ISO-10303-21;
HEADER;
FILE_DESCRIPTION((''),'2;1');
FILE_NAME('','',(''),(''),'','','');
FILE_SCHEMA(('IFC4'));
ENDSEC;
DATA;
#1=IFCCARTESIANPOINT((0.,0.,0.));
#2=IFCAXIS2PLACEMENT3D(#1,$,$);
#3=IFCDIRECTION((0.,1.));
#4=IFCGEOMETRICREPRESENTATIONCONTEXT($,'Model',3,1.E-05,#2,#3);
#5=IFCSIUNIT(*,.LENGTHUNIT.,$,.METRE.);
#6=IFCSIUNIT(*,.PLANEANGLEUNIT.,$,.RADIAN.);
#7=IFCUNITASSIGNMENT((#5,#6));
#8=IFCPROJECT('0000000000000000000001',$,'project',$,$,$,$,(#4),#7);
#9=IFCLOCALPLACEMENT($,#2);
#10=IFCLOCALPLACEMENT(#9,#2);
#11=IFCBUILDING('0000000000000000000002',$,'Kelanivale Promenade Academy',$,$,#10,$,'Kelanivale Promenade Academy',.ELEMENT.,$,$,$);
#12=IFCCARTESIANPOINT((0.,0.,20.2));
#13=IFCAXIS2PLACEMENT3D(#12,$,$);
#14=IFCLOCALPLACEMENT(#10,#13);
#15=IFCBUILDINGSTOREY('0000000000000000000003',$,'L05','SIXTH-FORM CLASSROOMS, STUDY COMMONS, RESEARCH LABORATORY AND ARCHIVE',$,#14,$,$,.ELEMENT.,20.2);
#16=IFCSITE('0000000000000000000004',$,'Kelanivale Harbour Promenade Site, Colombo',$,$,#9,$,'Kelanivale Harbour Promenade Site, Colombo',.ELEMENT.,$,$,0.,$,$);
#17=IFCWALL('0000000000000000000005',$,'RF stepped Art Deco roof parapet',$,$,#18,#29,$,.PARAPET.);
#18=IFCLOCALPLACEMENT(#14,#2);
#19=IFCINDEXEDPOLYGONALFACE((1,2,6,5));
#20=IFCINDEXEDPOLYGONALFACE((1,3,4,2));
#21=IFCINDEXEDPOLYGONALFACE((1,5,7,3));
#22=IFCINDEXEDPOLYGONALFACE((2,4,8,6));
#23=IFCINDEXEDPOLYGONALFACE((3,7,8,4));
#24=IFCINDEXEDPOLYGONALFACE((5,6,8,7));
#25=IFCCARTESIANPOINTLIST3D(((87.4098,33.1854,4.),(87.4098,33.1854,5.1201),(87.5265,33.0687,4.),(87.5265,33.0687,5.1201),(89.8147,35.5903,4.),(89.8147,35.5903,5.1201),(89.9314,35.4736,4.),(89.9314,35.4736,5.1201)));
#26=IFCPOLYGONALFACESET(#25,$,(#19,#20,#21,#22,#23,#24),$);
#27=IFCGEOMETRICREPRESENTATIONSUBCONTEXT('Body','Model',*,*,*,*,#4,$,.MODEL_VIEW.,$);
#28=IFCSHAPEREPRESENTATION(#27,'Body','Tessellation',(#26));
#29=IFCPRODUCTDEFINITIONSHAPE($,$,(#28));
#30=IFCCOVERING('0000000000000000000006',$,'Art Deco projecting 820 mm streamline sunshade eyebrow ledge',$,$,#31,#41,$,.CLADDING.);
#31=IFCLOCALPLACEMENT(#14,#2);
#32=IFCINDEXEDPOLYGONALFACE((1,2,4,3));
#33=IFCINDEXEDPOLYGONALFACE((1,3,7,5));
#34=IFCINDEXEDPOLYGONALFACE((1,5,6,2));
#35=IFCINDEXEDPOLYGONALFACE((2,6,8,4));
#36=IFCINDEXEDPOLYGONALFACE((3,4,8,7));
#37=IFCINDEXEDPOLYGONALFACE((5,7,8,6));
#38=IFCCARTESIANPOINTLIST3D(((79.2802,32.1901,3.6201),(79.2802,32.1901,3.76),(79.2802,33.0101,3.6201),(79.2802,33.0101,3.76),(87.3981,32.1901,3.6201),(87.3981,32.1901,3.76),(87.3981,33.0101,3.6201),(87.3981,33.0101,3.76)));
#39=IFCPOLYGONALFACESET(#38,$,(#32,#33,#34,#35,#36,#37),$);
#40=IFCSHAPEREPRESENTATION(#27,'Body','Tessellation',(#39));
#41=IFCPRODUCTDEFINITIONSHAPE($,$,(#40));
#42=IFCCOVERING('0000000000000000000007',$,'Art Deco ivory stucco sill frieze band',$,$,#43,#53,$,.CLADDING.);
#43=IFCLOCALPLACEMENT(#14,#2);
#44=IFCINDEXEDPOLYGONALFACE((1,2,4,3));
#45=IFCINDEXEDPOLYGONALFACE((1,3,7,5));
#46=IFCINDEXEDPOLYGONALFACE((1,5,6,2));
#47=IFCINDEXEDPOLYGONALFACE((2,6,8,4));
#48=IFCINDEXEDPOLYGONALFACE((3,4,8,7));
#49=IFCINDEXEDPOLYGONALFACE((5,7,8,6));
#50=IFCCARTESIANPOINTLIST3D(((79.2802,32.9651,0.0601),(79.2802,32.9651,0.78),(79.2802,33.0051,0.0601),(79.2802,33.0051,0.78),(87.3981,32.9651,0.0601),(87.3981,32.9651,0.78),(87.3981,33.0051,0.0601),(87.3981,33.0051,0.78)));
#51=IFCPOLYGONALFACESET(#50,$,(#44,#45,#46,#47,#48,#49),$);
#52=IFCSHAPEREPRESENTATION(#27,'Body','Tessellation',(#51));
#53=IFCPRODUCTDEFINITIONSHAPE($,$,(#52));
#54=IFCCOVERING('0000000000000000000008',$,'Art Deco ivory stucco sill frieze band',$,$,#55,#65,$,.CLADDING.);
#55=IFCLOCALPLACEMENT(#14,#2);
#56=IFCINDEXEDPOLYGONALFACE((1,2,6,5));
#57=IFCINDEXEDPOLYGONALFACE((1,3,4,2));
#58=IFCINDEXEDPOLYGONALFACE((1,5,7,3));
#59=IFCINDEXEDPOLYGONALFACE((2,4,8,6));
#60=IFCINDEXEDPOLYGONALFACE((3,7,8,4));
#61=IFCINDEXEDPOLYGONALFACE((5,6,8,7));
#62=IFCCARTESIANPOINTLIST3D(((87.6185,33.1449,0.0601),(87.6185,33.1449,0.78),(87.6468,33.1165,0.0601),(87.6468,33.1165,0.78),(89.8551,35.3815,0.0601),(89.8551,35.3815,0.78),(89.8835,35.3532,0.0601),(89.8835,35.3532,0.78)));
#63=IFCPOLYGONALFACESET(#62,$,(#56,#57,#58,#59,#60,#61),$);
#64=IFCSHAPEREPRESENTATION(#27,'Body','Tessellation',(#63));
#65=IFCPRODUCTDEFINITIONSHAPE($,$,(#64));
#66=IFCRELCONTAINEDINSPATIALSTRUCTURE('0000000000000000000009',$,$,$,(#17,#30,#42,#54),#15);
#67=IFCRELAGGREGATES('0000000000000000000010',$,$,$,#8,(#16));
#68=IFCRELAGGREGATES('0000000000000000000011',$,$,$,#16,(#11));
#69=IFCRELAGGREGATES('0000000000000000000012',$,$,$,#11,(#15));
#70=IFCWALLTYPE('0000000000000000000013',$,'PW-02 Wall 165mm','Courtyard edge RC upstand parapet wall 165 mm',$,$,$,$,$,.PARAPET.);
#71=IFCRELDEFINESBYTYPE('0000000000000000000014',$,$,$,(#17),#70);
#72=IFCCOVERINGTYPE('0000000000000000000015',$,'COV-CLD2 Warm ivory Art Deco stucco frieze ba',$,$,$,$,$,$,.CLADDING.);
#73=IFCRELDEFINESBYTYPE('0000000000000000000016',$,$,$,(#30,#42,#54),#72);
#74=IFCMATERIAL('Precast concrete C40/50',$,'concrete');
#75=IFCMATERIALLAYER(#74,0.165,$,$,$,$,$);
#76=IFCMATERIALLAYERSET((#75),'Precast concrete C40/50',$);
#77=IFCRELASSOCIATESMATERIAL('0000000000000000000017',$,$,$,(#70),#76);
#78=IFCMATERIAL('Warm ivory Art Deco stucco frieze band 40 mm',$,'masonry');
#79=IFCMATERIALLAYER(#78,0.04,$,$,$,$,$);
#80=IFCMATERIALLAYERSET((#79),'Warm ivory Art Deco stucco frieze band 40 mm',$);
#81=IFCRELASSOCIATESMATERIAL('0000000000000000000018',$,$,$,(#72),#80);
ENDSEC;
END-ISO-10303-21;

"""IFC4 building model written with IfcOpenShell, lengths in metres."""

from ifc_helpers import new_model, si_unit, direction, frame, frame_2d, origin, origin_2d, place, context, subcontext, project, spatial, rectangle, extrude, material, layer, layer_set, type_object, element, save


model = new_model("IFC4")

# Units and contexts
model_context = context("Model", 3, precision=1e-05, world=origin(), true_north=direction((0.0, 1.0)))
body_context = subcontext(model_context, "Body", "Model", "MODEL_VIEW")
ifc_project = project(units=[si_unit("LENGTHUNIT", "METRE"), si_unit("PLANEANGLEUNIT", "RADIAN")], contexts=[model_context])

# Site, building, storey
site_placement = place(None, origin())
site = spatial("IfcSite", under=ifc_project, at=site_placement, Name="Kelanivale Harbour Promenade Site, Colombo", LongName="Kelanivale Harbour Promenade Site, Colombo", CompositionType="ELEMENT", RefElevation=0.0)
building_placement = place(site_placement, origin())
building = spatial("IfcBuilding", under=site, at=building_placement, Name="Kelanivale Promenade Academy", LongName="Kelanivale Promenade Academy", CompositionType="ELEMENT")
storey_placement = place(building_placement, frame((0.0, 0.0, 20.2)))
storey = spatial("IfcBuildingStorey", under=building, at=storey_placement, Name="L05", Description="SIXTH-FORM CLASSROOMS, STUDY COMMONS, RESEARCH LABORATORY AND ARCHIVE", CompositionType="ELEMENT", Elevation=20.2)

# Wall
ifc_material_1 = material(Name="Precast concrete C40/50", Category="concrete")
ifc_layer_1 = layer(ifc_material_1, 0.165)
ifc_layer_set_1 = layer_set([ifc_layer_1], Name="Precast concrete C40/50")
wall_type_1 = type_object("IfcWallType", Name="PW-02 Wall 165mm", Description="Courtyard edge RC upstand parapet wall 165 mm", PredefinedType="PARAPET", material=ifc_layer_set_1)
wall_1_placement = place(storey_placement, frame((87.468, 33.127, 4.0), z_axis=(0.0, 0.0, 1.0), x_axis=(0.707107, 0.707107, 0.0)))
element("IfcWall", 1, at=wall_1_placement, inside=storey, type_object=wall_type_1, Name="RF stepped Art Deco roof parapet", PredefinedType="PARAPET", context=body_context, shape_type="SweptSolid", body=[
    extrude(rectangle(XDim=3.4011, YDim=0.165, at=frame_2d((1.7007, 0.0))), origin(), (0.0, 0.0, 1.0), 1.1201),
])

# Coverings
ifc_material_2 = material(Name="Warm ivory Art Deco stucco frieze band 40 mm", Category="masonry")
ifc_layer_2 = layer(ifc_material_2, 0.04)
ifc_layer_set_2 = layer_set([ifc_layer_2], Name="Warm ivory Art Deco stucco frieze band 40 mm")
covering_type = type_object("IfcCoveringType", Name="COV-CLD2 Warm ivory Art Deco stucco frieze ba", PredefinedType="CLADDING", material=ifc_layer_set_2)
covering_1_placement = place(storey_placement, frame((83.3391, 32.6001, 3.6201), z_axis=(0.0, 0.0, 1.0), x_axis=(1.0, 0.0, 0.0)))
element("IfcCovering", 2, at=covering_1_placement, inside=storey, type_object=covering_type, Name="Art Deco projecting 820 mm streamline sunshade eyebrow ledge", PredefinedType="CLADDING", context=body_context, shape_type="SweptSolid", body=[
    extrude(rectangle(XDim=8.1179, YDim=0.8201, at=origin_2d()), origin(), (0.0, 0.0, 1.0), 0.1399),
])
covering_2_placement = place(storey_placement, frame((83.3391, 32.9851, 0.0601), z_axis=(0.0, 0.0, 1.0), x_axis=(1.0, 0.0, 0.0)))
element("IfcCovering", 3, at=covering_2_placement, inside=storey, type_object=covering_type, Name="Art Deco ivory stucco sill frieze band", PredefinedType="CLADDING", context=body_context, shape_type="SweptSolid", body=[
    extrude(rectangle(XDim=8.1179, YDim=0.04, at=origin_2d()), origin(), (0.0, 0.0, 1.0), 0.72),
])
covering_3_placement = place(storey_placement, frame((88.751, 34.249, 0.0601), z_axis=(0.0, 0.0, 1.0), x_axis=(0.707107, 0.707107, 0.0)))
element("IfcCovering", 4, at=covering_3_placement, inside=storey, type_object=covering_type, Name="Art Deco ivory stucco sill frieze band", PredefinedType="CLADDING", context=body_context, shape_type="SweptSolid", body=[
    extrude(rectangle(XDim=3.1631, YDim=0.04, at=origin_2d()), origin(), (0.0, 0.0, 1.0), 0.72),
])

save(model, "model.ifc")
